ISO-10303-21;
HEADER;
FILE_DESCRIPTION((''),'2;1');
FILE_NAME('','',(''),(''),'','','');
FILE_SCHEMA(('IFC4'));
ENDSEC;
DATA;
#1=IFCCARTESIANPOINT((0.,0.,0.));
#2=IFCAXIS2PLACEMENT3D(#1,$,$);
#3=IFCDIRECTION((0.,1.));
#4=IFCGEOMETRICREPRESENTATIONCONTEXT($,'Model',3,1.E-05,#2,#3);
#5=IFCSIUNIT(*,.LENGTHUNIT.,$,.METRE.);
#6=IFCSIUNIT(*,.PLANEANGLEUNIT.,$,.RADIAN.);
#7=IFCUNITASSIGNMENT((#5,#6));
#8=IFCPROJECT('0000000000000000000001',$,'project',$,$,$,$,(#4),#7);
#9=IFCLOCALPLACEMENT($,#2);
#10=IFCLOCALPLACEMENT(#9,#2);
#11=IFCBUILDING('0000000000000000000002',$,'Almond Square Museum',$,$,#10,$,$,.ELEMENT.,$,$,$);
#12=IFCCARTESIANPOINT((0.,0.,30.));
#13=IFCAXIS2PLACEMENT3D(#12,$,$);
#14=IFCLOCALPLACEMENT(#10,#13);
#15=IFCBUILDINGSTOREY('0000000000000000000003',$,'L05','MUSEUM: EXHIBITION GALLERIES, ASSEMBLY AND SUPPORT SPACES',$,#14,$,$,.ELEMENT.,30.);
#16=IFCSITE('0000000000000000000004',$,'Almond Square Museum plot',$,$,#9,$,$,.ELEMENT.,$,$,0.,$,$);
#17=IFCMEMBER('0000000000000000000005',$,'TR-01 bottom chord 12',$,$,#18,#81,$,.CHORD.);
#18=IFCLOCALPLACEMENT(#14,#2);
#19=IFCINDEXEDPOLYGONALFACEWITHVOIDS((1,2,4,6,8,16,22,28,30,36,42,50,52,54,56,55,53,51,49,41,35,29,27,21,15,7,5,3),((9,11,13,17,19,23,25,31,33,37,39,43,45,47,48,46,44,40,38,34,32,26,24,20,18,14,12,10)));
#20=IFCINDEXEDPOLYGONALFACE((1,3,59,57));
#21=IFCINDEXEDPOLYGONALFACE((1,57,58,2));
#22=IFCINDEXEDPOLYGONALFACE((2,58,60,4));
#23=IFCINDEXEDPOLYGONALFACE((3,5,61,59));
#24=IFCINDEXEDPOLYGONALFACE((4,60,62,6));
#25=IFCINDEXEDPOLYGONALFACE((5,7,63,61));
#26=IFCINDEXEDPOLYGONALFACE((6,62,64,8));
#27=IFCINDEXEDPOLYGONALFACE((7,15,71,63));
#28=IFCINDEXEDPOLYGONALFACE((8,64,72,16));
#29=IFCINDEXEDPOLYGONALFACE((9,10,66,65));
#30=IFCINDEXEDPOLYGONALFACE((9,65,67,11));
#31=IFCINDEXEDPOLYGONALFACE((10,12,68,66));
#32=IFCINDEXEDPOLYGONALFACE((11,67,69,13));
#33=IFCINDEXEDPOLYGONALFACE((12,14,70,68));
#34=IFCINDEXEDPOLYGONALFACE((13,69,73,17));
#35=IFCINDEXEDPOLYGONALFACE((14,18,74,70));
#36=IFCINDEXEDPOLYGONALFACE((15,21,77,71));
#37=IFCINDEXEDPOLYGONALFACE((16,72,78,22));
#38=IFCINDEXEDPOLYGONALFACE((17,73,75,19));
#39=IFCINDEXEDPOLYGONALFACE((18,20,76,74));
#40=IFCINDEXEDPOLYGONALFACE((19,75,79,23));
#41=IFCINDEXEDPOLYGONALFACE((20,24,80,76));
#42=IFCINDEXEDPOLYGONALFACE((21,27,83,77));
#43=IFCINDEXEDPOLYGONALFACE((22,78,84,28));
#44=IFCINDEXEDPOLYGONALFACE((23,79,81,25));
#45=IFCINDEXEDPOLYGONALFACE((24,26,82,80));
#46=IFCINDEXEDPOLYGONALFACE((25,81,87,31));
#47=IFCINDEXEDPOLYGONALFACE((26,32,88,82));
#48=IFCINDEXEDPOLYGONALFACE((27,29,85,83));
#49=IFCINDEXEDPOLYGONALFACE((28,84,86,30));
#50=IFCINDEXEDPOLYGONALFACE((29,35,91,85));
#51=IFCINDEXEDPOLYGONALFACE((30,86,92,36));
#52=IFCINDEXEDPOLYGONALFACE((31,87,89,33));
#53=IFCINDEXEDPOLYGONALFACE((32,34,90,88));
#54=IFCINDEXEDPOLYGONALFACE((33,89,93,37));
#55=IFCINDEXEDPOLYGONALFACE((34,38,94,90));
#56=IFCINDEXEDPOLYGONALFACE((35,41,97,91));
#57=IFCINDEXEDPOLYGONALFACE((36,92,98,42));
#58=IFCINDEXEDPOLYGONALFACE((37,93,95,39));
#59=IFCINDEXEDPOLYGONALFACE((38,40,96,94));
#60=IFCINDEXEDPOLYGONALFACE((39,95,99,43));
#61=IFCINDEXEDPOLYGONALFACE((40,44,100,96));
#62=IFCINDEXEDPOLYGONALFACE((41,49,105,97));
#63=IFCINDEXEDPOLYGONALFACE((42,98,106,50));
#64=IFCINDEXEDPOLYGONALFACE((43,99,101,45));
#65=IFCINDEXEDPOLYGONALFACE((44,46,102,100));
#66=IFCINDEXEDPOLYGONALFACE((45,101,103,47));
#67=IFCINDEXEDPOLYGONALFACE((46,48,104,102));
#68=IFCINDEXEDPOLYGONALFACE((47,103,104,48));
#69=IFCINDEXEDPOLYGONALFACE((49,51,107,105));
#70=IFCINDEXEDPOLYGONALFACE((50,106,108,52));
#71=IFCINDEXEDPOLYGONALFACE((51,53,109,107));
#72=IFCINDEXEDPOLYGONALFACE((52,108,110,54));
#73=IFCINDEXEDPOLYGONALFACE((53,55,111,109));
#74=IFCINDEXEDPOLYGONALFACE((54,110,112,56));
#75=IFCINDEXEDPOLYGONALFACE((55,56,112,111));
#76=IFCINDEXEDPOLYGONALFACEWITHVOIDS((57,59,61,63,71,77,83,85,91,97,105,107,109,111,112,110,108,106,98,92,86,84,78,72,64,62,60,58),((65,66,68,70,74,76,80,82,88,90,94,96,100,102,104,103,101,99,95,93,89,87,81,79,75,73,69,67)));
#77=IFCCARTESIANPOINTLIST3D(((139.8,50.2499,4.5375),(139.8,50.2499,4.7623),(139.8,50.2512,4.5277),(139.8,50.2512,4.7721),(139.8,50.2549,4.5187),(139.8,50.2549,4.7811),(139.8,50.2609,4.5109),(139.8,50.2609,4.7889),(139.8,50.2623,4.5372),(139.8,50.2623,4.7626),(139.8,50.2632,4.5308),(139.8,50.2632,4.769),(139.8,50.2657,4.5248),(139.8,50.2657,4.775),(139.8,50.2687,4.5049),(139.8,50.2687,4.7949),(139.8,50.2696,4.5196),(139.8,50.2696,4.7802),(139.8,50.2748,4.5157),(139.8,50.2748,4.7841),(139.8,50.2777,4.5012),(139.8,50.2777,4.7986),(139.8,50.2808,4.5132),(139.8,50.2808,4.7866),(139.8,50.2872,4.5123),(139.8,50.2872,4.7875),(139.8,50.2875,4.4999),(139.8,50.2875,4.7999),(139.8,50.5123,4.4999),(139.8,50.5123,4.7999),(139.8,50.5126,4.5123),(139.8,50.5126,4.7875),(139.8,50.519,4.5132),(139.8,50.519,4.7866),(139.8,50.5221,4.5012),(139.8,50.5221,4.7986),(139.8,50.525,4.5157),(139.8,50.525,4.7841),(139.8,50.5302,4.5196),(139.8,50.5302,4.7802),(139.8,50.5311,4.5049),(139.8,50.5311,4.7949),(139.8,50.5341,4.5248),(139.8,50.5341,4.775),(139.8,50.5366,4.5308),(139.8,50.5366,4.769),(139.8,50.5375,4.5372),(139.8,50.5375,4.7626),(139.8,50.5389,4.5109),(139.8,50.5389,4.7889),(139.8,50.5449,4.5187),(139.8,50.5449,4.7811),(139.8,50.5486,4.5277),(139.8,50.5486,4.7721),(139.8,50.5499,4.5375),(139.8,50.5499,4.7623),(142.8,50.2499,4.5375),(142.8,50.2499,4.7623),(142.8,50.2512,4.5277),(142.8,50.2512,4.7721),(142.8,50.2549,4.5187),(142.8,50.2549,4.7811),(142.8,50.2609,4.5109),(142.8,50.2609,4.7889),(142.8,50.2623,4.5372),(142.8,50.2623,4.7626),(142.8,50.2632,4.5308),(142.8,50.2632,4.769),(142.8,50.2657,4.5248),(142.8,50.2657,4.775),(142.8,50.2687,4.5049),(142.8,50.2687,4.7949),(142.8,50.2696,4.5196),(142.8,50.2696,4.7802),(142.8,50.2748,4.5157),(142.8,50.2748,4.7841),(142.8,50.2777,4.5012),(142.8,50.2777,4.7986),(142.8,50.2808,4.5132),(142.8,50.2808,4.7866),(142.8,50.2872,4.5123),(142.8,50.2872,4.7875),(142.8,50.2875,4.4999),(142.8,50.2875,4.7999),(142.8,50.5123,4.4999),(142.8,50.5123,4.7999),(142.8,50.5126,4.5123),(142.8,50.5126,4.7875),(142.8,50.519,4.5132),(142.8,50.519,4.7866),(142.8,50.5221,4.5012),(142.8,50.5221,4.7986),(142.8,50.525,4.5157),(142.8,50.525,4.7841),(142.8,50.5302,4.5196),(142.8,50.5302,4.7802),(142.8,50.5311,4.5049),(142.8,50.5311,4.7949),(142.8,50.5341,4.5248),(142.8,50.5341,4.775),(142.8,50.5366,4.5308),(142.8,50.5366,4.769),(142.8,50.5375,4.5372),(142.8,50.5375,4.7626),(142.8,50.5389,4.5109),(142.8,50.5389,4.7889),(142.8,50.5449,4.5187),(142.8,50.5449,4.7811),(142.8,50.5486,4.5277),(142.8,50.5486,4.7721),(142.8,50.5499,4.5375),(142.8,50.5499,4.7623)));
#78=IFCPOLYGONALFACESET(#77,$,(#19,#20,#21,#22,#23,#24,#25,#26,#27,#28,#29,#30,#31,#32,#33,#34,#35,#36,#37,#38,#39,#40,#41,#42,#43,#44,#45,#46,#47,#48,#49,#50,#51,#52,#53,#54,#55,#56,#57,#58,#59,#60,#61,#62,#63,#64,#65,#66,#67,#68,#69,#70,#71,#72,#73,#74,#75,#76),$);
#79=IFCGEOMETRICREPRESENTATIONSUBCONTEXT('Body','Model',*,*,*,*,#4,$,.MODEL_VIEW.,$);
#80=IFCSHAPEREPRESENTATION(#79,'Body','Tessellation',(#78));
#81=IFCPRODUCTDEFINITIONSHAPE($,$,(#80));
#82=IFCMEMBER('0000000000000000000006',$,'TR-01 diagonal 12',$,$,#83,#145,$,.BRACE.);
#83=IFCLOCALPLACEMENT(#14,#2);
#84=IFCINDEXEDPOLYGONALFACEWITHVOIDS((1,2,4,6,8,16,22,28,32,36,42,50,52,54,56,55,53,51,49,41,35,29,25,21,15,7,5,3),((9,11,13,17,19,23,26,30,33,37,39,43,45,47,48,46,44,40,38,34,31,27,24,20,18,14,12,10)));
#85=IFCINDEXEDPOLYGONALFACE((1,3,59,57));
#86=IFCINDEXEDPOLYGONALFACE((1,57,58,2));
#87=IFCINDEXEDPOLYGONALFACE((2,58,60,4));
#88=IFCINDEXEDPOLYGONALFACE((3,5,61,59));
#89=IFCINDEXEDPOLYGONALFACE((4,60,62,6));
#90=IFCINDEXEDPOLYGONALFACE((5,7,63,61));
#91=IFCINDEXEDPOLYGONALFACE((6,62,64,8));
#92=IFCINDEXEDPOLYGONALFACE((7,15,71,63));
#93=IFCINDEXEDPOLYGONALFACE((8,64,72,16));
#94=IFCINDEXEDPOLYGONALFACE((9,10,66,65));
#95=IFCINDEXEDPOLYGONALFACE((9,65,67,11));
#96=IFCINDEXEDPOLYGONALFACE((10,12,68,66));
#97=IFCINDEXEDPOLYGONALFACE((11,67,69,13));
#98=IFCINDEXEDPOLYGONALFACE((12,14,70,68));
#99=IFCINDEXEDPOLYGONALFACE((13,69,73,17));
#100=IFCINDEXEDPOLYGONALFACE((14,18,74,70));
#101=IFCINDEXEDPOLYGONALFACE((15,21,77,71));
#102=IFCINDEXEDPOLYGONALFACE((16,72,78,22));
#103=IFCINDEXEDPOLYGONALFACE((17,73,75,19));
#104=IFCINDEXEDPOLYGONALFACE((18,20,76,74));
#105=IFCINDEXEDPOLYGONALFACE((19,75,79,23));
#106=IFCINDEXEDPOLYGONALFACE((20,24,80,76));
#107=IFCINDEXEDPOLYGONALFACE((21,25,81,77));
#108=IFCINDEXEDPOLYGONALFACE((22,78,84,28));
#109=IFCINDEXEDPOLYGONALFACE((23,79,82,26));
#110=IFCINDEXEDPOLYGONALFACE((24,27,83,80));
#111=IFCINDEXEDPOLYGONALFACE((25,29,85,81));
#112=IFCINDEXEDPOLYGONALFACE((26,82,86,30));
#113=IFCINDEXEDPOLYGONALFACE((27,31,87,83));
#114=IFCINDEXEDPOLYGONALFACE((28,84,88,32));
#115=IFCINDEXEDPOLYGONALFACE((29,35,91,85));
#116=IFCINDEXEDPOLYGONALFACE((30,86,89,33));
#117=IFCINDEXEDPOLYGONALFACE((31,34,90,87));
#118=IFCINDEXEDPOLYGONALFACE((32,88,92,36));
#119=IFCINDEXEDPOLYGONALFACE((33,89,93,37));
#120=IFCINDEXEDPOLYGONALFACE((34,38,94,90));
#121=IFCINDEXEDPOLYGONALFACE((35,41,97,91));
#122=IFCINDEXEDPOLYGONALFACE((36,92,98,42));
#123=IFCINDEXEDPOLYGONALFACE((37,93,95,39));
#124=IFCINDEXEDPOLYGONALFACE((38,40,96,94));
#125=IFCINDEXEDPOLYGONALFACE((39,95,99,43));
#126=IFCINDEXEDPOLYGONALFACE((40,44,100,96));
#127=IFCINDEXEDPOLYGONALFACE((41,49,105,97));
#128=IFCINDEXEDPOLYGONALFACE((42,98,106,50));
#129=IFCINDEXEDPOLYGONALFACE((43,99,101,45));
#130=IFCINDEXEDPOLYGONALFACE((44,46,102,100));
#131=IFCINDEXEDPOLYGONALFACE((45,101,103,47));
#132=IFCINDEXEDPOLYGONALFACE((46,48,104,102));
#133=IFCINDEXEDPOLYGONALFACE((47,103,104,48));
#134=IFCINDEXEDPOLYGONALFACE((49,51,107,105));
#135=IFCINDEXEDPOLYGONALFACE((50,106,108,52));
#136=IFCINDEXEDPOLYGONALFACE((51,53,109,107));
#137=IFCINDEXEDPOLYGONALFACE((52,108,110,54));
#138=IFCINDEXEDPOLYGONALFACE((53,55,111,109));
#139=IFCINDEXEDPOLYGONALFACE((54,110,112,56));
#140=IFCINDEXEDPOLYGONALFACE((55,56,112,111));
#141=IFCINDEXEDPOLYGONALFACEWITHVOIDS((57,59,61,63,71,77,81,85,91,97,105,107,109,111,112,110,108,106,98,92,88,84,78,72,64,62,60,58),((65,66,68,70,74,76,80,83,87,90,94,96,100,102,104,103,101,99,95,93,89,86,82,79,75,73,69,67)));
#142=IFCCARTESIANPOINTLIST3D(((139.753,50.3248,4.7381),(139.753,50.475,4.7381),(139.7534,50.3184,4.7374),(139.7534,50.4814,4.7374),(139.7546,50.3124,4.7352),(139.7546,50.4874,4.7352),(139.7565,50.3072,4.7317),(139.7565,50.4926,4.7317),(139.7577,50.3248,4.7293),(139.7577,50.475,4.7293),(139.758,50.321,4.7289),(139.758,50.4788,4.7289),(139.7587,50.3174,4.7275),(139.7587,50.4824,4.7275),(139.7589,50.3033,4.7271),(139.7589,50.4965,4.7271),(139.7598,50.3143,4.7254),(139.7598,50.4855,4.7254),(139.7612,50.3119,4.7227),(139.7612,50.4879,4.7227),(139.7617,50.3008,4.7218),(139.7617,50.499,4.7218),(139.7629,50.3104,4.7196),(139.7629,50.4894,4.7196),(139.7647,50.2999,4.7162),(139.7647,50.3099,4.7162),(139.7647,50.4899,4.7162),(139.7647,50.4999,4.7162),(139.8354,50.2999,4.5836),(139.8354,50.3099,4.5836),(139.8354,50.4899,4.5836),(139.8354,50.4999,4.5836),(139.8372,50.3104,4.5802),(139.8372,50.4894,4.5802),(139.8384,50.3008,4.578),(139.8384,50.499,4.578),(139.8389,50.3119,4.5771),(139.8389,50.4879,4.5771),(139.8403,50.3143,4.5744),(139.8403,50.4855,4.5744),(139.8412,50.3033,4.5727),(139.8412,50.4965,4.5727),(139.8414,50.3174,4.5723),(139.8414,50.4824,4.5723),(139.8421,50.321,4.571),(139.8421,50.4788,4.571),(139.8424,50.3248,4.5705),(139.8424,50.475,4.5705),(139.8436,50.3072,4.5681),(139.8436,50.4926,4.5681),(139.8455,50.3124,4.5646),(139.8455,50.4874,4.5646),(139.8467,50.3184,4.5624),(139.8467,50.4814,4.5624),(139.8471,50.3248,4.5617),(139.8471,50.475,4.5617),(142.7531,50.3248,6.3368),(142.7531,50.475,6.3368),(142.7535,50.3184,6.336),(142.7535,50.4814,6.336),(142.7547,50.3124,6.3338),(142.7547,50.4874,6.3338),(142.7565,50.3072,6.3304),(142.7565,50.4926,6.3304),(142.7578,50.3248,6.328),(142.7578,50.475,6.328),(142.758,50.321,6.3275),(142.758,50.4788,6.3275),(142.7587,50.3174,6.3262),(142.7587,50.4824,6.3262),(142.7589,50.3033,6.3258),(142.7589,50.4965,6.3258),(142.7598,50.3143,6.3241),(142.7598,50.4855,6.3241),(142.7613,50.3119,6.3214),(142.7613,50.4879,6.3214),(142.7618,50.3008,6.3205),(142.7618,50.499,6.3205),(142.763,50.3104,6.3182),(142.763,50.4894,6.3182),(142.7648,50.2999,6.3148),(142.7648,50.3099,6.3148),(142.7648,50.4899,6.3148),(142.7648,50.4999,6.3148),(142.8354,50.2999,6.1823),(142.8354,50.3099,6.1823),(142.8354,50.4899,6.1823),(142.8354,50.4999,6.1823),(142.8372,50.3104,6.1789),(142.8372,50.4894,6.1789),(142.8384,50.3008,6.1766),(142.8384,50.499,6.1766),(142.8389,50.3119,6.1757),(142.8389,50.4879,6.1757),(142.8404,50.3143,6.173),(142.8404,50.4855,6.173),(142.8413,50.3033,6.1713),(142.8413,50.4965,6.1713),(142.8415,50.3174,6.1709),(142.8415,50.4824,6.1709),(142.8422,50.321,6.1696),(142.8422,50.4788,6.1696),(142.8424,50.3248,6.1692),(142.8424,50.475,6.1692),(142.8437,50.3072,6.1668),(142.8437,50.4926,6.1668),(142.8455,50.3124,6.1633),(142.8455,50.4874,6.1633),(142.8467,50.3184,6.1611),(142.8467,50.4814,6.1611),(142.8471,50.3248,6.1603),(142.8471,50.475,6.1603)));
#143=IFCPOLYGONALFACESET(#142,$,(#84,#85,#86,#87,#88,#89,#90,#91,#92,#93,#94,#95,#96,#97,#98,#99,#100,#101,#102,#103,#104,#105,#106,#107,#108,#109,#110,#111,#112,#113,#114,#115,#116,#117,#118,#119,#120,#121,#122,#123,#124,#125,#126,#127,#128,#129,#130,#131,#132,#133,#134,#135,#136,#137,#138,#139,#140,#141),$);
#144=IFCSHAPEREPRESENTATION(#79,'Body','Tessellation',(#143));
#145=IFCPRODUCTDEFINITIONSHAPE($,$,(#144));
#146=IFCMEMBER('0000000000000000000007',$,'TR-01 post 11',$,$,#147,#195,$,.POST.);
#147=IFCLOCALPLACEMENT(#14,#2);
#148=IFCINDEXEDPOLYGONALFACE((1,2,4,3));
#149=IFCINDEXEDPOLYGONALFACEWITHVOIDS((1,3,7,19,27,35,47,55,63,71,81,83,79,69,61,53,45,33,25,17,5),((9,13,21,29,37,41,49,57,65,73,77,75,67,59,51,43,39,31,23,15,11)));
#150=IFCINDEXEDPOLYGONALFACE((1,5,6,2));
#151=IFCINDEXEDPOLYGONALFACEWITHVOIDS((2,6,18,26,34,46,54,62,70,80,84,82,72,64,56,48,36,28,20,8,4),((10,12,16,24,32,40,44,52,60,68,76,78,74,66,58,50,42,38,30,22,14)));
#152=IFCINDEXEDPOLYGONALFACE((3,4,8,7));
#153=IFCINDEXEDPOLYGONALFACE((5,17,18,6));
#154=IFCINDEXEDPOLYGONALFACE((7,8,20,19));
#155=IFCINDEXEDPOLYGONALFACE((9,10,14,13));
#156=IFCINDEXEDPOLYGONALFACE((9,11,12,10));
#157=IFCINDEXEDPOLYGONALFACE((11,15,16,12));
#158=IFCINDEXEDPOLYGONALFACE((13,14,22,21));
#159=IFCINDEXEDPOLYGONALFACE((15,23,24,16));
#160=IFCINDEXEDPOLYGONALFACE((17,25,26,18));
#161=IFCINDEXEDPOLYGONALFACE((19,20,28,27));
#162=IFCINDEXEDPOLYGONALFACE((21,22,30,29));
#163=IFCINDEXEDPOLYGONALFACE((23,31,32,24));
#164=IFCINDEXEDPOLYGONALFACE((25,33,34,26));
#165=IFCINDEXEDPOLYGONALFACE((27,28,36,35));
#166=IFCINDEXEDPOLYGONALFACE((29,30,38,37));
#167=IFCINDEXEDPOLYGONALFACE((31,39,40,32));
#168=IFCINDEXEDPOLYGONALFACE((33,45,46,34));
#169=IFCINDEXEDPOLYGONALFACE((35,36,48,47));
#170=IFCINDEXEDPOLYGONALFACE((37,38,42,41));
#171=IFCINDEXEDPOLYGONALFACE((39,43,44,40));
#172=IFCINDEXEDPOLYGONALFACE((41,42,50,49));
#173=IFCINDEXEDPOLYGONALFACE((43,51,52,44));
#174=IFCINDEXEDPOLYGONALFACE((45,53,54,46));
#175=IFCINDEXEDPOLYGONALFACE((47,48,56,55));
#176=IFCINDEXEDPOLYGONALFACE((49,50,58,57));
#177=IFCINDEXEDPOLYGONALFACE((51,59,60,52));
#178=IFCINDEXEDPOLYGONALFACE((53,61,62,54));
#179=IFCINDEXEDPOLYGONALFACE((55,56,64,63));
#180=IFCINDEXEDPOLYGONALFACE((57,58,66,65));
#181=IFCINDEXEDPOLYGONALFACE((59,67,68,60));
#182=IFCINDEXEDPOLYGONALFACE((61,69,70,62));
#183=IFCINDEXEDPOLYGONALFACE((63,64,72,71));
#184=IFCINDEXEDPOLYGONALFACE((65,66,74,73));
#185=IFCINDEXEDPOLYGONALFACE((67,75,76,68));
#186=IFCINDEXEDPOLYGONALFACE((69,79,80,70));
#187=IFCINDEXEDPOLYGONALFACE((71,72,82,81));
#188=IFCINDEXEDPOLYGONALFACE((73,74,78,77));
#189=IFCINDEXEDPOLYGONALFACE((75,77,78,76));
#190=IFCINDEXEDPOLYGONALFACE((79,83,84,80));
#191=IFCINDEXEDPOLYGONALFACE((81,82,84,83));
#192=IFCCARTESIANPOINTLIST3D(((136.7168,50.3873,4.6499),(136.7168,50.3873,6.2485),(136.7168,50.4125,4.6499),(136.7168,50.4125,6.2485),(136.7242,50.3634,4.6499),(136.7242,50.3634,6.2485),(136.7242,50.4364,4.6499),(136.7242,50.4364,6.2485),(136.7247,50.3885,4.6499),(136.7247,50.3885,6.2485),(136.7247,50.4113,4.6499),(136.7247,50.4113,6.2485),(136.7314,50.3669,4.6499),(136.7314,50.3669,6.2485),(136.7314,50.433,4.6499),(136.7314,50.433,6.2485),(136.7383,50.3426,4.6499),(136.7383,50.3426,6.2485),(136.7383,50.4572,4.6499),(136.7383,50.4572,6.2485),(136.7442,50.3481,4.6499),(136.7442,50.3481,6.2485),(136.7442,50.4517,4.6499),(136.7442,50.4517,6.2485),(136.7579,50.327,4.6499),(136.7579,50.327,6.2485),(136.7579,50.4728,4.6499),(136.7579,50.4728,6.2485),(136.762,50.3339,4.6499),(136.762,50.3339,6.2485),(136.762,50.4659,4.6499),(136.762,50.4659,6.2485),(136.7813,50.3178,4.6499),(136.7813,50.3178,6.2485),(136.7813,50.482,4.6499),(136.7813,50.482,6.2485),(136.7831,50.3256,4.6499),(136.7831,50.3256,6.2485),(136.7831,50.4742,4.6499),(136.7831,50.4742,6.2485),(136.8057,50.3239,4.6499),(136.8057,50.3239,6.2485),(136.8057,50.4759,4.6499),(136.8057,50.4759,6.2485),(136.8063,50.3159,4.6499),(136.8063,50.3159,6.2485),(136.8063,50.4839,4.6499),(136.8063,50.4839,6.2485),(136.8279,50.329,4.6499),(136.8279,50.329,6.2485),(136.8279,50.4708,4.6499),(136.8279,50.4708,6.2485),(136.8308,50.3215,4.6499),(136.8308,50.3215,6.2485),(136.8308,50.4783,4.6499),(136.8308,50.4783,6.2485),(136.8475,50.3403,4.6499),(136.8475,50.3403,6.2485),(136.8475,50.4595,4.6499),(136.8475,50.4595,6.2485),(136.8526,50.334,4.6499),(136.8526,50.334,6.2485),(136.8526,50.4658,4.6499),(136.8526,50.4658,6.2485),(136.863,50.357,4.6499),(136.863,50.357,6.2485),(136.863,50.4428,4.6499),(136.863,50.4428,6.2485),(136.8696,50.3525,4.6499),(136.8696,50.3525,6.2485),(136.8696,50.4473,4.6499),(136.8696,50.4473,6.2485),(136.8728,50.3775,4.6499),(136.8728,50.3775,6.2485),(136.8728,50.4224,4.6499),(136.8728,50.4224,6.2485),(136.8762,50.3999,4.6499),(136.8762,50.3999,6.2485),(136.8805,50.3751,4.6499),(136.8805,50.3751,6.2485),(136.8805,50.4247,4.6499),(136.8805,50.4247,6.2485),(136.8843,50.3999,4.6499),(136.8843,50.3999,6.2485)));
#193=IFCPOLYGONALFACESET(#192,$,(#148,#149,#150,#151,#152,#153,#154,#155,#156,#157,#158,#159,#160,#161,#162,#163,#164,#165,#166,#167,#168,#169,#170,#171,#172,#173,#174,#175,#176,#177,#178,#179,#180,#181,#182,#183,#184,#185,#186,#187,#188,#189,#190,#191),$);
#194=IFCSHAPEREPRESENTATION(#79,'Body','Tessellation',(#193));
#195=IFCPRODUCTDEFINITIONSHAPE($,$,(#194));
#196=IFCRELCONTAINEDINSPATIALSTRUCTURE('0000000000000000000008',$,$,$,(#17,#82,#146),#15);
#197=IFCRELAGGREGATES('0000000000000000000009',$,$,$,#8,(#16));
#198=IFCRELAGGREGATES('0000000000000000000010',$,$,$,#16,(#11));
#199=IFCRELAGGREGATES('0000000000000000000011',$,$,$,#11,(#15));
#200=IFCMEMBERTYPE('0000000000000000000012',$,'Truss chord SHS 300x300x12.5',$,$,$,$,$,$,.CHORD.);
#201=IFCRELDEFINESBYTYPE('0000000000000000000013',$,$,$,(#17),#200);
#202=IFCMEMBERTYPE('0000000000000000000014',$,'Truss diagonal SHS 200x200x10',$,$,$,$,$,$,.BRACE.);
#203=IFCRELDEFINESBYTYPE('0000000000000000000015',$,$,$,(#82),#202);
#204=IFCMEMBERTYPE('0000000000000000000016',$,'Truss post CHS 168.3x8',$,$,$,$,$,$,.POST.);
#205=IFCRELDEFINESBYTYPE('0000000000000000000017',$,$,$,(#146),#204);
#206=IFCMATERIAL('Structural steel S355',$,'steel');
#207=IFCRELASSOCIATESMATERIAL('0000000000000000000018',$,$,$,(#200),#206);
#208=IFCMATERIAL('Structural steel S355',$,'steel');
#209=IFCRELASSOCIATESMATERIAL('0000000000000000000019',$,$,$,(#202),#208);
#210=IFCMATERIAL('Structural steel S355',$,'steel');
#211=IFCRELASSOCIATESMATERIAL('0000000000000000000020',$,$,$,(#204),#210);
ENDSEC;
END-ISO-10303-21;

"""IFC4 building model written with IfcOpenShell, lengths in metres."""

from ifc_helpers import new_model, si_unit, direction, frame, origin, origin_2d, place, context, subcontext, project, spatial, hollow_rectangle, hollow_circle, extrude, material, material_profile, profile_set, type_object, element, save


model = new_model("IFC4")

# Units and contexts
model_context = context("Model", 3, precision=1e-05, world=origin(), true_north=direction((0.0, 1.0)))
body_context = subcontext(model_context, "Body", "Model", "MODEL_VIEW")
ifc_project = project(units=[si_unit("LENGTHUNIT", "METRE"), si_unit("PLANEANGLEUNIT", "RADIAN")], contexts=[model_context])

# Site, building, storey
site_placement = place(None, origin())
site = spatial("IfcSite", under=ifc_project, at=site_placement, Name="Almond Square Museum plot", CompositionType="ELEMENT", RefElevation=0.0)
building_placement = place(site_placement, origin())
building = spatial("IfcBuilding", under=site, at=building_placement, Name="Almond Square Museum", CompositionType="ELEMENT")
storey_placement = place(building_placement, frame((0.0, 0.0, 30.0)))
storey = spatial("IfcBuildingStorey", under=building, at=storey_placement, Name="L05", Description="MUSEUM: EXHIBITION GALLERIES, ASSEMBLY AND SUPPORT SPACES", CompositionType="ELEMENT", Elevation=30.0)

# Members
ifc_material_1 = material(Name="Structural steel S355", Category="steel")
ifc_material_profile_1 = material_profile(ifc_material_1, hollow_rectangle(XDim=0.3, YDim=0.3, WallThickness=0.0125, InnerFilletRadius=0.0249, OuterFilletRadius=0.0376, at=origin_2d()))
ifc_profile_set_1 = profile_set([ifc_material_profile_1], Name="Structural steel S355")
member_type_1 = type_object("IfcMemberType", Name="Truss chord SHS 300x300x12.5", PredefinedType="CHORD", material=ifc_profile_set_1)
for number, where, z_axis, x_axis, name in (
    (1, (139.8, 50.3999, 4.6499), (1.0, 0.0, 0.0), (0.0, 1.0, 0.0), "TR-01 bottom chord 12"),
):
    element("IfcMember", number, at=place(storey_placement, frame(where, z_axis=z_axis, x_axis=x_axis)), inside=storey, type_object=member_type_1, Name=name, PredefinedType="CHORD", context=body_context, shape_type="SweptSolid", body=[
        extrude(hollow_rectangle(XDim=0.3, YDim=0.3, WallThickness=0.0125, InnerFilletRadius=0.0249, OuterFilletRadius=0.0376, at=origin_2d()), origin(), (0.0, 0.0, 1.0), 3.0),
    ])
ifc_material_2 = material(Name="Structural steel S355", Category="steel")
ifc_material_profile_2 = material_profile(ifc_material_2, hollow_rectangle(XDim=0.2, YDim=0.2, WallThickness=0.01, InnerFilletRadius=0.0149, OuterFilletRadius=0.0249, at=origin_2d()))
ifc_profile_set_2 = profile_set([ifc_material_profile_2], Name="Structural steel S355")
member_type_2 = type_object("IfcMemberType", Name="Truss diagonal SHS 200x200x10", PredefinedType="BRACE", material=ifc_profile_set_2)
member_placement = place(storey_placement, frame((139.8, 50.3999, 4.6499), z_axis=(0.88252, 0.0, 0.470275), x_axis=(0.0, 1.0, 0.0)))
element("IfcMember", 2, at=member_placement, inside=storey, type_object=member_type_2, Name="TR-01 diagonal 12", PredefinedType="BRACE", context=body_context, shape_type="SweptSolid", body=[
    extrude(hollow_rectangle(XDim=0.2, YDim=0.2, WallThickness=0.01, InnerFilletRadius=0.0149, OuterFilletRadius=0.0249, at=origin_2d()), origin(), (0.0, 0.0, 1.0), 3.3994),
])
ifc_material_3 = material(Name="Structural steel S355", Category="steel")
ifc_material_profile_3 = material_profile(ifc_material_3, hollow_circle(Radius=0.0842, WallThickness=0.0081, at=origin_2d()))
ifc_profile_set_3 = profile_set([ifc_material_profile_3], Name="Structural steel S355")
member_type_3 = type_object("IfcMemberType", Name="Truss post CHS 168.3x8", PredefinedType="POST", material=ifc_profile_set_3)
for number, where, z_axis, x_axis, name in (
    (3, (136.8, 50.3999, 4.6499), (0.0, 0.0, 1.0), (1.0, 0.0, 0.0), "TR-01 post 11"),
):
    element("IfcMember", number, at=place(storey_placement, frame(where, z_axis=z_axis, x_axis=x_axis)), inside=storey, type_object=member_type_3, Name=name, PredefinedType="POST", context=body_context, shape_type="SweptSolid", body=[
        extrude(hollow_circle(Radius=0.0842, WallThickness=0.0081, at=origin_2d()), origin(), (0.0, 0.0, 1.0), 1.5986),
    ])

save(model, "model.ifc")
